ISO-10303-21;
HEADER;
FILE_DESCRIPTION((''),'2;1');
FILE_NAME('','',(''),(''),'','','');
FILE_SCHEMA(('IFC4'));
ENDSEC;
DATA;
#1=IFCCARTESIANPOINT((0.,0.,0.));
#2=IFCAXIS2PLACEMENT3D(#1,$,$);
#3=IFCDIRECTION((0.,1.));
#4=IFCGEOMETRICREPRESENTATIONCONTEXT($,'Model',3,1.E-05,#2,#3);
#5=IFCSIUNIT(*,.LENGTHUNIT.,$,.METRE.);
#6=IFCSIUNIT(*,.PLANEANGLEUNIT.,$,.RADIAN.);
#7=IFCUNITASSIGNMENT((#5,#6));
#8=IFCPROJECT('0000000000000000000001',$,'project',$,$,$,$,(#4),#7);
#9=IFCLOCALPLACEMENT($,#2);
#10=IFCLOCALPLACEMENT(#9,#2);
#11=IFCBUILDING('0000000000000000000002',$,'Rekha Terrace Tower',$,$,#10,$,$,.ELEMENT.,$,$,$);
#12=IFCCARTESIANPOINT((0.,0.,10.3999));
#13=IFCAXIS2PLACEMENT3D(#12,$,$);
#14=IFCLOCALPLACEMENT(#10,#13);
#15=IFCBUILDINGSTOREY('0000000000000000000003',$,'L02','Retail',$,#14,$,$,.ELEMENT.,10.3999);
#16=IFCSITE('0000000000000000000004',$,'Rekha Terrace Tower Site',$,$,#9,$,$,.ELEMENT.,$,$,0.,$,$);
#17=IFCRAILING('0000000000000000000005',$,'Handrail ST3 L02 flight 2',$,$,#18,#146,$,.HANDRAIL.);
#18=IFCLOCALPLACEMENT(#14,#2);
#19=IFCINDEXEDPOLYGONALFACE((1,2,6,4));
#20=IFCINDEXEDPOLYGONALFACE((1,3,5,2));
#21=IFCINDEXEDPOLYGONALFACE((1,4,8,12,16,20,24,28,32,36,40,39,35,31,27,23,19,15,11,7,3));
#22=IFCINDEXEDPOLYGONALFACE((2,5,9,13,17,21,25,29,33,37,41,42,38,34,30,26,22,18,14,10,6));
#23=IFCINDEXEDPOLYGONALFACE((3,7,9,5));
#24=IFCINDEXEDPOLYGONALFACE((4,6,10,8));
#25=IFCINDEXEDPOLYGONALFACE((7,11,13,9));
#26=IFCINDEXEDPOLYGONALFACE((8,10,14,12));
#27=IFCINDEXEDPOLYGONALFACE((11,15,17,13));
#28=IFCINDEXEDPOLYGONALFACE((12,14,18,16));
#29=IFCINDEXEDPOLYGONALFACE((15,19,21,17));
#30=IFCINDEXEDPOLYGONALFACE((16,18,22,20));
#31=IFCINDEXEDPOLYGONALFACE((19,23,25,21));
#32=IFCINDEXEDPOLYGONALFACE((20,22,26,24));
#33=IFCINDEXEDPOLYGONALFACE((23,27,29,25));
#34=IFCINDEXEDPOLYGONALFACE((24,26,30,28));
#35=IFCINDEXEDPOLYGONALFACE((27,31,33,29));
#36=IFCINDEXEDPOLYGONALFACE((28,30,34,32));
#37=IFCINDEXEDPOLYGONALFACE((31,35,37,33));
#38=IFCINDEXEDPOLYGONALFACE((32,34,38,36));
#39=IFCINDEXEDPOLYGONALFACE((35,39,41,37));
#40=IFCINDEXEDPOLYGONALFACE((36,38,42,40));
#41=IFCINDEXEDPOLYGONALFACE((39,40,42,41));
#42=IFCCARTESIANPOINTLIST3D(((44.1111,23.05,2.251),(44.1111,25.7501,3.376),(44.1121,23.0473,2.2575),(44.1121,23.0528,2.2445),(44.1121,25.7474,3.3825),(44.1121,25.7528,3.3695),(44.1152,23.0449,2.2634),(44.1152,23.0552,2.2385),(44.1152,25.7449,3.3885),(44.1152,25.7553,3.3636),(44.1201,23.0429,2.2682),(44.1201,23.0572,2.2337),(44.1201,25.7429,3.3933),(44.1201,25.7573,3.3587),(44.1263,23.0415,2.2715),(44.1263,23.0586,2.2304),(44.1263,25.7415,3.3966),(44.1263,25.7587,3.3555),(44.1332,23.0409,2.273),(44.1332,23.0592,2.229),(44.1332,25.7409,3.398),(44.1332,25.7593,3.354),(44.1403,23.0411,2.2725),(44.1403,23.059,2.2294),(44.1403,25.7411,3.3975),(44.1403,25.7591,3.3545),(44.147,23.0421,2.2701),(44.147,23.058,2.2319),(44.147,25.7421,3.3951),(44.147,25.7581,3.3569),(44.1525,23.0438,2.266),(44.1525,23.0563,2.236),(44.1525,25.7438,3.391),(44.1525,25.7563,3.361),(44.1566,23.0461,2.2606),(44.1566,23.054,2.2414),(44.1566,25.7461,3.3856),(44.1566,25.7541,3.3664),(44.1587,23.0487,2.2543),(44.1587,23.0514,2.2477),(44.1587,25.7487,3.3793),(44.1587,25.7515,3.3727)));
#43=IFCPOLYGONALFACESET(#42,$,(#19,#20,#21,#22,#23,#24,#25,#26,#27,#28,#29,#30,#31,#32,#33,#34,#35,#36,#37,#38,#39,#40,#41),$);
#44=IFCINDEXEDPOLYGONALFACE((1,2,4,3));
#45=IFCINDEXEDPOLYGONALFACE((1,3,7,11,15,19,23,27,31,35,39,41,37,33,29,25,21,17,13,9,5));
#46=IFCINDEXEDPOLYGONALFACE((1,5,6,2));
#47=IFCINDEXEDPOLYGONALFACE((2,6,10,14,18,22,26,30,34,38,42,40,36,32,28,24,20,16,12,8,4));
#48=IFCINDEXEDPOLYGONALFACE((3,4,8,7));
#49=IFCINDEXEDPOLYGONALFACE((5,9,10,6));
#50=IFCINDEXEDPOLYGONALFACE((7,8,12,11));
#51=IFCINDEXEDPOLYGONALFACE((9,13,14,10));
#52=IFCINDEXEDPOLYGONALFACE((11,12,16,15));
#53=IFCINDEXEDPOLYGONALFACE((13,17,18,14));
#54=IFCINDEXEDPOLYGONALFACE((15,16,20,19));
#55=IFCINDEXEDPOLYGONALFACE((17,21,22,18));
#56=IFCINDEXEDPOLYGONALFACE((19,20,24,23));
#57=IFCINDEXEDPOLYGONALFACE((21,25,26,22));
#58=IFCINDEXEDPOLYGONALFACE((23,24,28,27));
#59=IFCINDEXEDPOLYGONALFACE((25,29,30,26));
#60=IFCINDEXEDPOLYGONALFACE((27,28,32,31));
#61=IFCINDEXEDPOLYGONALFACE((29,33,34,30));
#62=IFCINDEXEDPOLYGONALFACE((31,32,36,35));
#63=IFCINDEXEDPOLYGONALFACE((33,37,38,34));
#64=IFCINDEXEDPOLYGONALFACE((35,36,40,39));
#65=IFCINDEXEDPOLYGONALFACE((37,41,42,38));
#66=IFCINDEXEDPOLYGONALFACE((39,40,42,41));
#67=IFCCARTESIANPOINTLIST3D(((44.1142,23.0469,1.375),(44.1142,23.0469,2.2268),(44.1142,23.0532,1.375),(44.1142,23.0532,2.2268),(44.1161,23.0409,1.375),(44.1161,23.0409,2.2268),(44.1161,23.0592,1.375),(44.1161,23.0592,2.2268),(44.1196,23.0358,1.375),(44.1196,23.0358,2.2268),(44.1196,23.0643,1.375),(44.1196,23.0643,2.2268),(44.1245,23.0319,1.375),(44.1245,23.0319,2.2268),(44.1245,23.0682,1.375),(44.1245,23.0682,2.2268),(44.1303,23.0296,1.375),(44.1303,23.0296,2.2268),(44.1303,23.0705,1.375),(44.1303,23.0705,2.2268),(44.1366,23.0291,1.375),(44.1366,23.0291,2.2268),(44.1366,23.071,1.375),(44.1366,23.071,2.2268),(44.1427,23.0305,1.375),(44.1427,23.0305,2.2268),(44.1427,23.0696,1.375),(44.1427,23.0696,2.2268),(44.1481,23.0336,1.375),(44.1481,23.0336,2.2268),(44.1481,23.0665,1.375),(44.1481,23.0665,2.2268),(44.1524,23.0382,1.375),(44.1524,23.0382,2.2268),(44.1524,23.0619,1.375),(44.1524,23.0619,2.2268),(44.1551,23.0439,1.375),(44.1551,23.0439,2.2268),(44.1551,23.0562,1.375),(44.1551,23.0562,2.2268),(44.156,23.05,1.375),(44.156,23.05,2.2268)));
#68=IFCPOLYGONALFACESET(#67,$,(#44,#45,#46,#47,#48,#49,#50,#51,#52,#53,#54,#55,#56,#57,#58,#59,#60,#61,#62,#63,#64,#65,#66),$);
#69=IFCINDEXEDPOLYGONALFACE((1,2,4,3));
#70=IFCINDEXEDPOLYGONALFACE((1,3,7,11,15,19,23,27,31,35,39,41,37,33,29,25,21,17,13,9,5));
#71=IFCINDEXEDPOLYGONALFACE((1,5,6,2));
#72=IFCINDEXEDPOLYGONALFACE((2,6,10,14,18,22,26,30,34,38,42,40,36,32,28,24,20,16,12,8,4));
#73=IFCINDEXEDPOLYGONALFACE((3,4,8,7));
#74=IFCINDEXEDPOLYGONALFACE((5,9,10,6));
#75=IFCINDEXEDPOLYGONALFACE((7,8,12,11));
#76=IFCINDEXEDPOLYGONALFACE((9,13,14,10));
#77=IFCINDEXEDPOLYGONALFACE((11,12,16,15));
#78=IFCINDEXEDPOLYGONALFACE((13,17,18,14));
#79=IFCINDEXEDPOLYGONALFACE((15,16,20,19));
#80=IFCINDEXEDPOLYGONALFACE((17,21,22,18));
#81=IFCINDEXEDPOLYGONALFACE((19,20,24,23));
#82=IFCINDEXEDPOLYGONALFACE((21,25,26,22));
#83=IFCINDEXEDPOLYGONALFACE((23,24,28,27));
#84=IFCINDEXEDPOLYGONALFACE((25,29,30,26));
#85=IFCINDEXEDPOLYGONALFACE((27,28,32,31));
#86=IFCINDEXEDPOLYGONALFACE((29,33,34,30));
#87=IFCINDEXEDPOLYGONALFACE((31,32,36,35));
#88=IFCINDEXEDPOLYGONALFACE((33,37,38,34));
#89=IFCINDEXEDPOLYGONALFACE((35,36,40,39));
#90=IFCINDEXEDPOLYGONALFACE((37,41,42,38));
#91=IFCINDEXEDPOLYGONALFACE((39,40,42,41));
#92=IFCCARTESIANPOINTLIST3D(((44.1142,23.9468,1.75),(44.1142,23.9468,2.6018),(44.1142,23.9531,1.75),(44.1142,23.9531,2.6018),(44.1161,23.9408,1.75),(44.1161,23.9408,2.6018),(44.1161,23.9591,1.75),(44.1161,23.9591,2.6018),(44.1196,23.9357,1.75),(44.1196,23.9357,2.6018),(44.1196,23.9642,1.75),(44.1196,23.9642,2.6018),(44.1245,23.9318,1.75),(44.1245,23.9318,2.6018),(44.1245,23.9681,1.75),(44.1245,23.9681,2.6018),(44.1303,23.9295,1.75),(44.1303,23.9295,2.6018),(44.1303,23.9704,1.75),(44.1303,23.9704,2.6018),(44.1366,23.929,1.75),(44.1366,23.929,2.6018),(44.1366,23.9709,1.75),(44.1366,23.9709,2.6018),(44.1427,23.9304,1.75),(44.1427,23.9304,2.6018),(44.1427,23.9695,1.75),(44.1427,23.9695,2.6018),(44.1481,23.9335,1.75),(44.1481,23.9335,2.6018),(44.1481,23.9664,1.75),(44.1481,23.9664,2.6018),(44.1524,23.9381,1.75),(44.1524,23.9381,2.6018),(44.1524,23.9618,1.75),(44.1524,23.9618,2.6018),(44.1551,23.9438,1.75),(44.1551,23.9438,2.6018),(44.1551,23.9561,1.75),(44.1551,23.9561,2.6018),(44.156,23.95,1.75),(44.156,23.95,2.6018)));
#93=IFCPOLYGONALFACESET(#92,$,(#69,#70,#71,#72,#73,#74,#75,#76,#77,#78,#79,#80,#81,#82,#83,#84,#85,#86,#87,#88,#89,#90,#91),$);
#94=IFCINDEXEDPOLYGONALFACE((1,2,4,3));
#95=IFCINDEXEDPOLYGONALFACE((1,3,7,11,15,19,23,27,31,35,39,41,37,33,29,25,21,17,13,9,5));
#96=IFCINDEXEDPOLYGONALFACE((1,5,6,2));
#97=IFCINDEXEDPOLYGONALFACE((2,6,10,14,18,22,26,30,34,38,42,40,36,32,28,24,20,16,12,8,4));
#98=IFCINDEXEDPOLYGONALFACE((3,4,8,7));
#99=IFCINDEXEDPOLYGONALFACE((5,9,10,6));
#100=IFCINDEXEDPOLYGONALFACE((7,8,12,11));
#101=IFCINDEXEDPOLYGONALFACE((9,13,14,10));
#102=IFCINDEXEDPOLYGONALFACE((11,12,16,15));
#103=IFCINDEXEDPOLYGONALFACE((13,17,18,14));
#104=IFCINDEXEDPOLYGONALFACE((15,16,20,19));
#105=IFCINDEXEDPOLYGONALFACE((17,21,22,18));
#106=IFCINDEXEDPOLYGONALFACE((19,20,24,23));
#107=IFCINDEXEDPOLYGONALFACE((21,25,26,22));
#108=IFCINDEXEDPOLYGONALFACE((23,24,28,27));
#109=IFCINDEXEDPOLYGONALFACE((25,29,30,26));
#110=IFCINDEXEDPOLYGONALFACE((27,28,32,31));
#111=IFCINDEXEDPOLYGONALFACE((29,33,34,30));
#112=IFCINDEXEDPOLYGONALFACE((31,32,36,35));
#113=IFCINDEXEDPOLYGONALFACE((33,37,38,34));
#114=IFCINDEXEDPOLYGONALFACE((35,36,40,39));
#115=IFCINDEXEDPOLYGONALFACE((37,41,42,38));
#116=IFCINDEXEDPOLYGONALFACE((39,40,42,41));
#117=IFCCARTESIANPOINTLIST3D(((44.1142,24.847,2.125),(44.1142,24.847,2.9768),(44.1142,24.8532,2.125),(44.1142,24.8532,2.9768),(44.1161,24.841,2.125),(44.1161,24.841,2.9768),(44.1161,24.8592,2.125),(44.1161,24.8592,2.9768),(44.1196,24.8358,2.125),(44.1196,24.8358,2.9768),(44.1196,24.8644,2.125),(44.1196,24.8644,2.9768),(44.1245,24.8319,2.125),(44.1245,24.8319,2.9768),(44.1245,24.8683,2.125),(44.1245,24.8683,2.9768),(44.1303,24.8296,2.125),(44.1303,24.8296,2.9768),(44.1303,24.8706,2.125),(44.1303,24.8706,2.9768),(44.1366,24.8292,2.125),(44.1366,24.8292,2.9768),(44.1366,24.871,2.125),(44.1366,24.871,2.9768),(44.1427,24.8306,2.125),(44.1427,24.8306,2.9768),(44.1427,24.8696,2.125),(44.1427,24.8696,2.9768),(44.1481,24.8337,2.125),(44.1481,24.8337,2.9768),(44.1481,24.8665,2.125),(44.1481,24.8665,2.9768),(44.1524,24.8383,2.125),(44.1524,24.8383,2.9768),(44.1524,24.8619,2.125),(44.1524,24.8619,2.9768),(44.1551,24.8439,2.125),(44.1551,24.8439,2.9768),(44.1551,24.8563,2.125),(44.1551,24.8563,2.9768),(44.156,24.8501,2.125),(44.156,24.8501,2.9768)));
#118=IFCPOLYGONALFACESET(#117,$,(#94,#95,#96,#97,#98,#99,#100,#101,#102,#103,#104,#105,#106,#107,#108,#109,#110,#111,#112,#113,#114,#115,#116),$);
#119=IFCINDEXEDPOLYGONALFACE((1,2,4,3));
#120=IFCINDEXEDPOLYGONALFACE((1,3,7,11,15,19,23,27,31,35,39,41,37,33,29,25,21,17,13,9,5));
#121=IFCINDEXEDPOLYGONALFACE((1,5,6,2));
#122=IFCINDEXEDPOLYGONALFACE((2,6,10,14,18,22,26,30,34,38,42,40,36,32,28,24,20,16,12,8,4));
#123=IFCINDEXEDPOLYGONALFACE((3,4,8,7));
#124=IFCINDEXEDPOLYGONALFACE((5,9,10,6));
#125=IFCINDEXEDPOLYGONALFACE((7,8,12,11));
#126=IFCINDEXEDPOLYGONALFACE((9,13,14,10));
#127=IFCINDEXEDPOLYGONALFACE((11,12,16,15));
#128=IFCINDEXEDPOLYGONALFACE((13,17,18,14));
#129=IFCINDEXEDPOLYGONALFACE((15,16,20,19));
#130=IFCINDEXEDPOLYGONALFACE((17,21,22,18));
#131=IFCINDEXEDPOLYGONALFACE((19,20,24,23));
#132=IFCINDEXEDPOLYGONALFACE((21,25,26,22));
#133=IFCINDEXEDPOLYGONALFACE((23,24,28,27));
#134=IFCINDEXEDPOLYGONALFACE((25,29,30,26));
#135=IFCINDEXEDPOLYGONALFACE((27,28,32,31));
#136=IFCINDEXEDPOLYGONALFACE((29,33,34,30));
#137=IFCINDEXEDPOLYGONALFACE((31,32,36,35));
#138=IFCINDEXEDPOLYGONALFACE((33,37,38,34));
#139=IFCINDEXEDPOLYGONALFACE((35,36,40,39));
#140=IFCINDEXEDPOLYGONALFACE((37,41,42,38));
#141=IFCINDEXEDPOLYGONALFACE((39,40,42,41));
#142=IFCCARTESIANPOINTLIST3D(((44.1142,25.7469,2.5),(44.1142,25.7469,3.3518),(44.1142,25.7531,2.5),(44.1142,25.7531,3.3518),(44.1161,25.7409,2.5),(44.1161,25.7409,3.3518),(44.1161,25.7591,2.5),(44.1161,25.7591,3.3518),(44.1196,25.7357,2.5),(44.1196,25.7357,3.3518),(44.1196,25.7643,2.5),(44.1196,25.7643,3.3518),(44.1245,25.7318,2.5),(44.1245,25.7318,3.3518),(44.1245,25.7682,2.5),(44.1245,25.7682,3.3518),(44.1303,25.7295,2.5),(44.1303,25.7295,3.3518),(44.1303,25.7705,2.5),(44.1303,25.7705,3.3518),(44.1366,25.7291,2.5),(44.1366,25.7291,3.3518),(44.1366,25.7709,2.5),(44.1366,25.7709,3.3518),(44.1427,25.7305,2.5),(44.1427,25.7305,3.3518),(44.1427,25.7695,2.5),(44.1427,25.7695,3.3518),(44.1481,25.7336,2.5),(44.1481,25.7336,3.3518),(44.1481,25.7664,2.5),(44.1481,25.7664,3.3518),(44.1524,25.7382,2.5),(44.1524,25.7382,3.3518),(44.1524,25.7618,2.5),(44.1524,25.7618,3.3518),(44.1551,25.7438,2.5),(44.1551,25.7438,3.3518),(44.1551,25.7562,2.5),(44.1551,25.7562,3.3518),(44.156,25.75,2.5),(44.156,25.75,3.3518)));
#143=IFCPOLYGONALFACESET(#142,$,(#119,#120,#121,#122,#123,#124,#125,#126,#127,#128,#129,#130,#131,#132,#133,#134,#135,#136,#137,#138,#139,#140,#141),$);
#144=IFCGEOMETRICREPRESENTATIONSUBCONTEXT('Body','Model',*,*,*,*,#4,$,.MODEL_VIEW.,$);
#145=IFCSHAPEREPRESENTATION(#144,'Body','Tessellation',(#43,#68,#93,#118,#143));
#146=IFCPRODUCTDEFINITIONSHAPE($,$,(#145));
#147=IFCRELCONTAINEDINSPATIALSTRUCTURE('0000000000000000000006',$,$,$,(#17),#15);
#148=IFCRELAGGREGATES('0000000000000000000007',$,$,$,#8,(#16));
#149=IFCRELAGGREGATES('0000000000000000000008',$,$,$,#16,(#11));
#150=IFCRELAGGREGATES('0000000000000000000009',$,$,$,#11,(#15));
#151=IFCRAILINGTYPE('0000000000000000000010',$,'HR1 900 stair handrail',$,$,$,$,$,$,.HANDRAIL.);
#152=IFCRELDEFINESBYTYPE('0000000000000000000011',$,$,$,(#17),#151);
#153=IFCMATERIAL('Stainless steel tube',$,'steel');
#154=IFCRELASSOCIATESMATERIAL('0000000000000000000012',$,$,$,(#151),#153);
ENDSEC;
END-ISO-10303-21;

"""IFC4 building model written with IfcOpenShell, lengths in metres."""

from ifc_helpers import new_model, si_unit, direction, frame, origin, origin_2d, place, context, subcontext, project, spatial, circle, extrude, material, type_object, element, save


model = new_model("IFC4")

# Units and contexts
model_context = context("Model", 3, precision=1e-05, world=origin(), true_north=direction((0.0, 1.0)))
body_context = subcontext(model_context, "Body", "Model", "MODEL_VIEW")
ifc_project = project(units=[si_unit("LENGTHUNIT", "METRE"), si_unit("PLANEANGLEUNIT", "RADIAN")], contexts=[model_context])

# Site, building, storey
site_placement = place(None, origin())
site = spatial("IfcSite", under=ifc_project, at=site_placement, Name="Rekha Terrace Tower Site", CompositionType="ELEMENT", RefElevation=0.0)
building_placement = place(site_placement, origin())
building = spatial("IfcBuilding", under=site, at=building_placement, Name="Rekha Terrace Tower", CompositionType="ELEMENT")
storey_placement = place(building_placement, frame((0.0, 0.0, 10.3999)))
storey = spatial("IfcBuildingStorey", under=building, at=storey_placement, Name="L02", Description="Retail", CompositionType="ELEMENT", Elevation=10.3999)

# Railing
ifc_material_1 = material(Name="Stainless steel tube", Category="steel")
railing_type_1 = type_object("IfcRailingType", Name="HR1 900 stair handrail", PredefinedType="HANDRAIL", material=ifc_material_1)
railing_1_placement = place(storey_placement, frame((44.135, 23.05, 1.375)))
element("IfcRailing", 1, at=railing_1_placement, inside=storey, type_object=railing_type_1, Name="Handrail ST3 L02 flight 2", PredefinedType="HANDRAIL", context=body_context, shape_type="SweptSolid", body=[
    extrude(circle(Radius=0.0239, at=origin_2d()), frame((0.0, 0.0, 0.876), z_axis=(0.0, 0.923074, 0.384621), x_axis=(-1.0, 0.0, 0.0)), (0.0, 0.0, 1.0), 2.925),
    extrude(circle(Radius=0.021, at=origin_2d()), origin(), (0.0, 0.0, 1.0), 0.8518),
    extrude(circle(Radius=0.021, at=origin_2d()), frame((0.0, 0.8999, 0.375)), (0.0, 0.0, 1.0), 0.8518),
    extrude(circle(Radius=0.021, at=origin_2d()), frame((0.0, 1.8, 0.75)), (0.0, 0.0, 1.0), 0.8518),
    extrude(circle(Radius=0.021, at=origin_2d()), frame((0.0, 2.7, 1.125)), (0.0, 0.0, 1.0), 0.8518),
])

save(model, "model.ifc")
